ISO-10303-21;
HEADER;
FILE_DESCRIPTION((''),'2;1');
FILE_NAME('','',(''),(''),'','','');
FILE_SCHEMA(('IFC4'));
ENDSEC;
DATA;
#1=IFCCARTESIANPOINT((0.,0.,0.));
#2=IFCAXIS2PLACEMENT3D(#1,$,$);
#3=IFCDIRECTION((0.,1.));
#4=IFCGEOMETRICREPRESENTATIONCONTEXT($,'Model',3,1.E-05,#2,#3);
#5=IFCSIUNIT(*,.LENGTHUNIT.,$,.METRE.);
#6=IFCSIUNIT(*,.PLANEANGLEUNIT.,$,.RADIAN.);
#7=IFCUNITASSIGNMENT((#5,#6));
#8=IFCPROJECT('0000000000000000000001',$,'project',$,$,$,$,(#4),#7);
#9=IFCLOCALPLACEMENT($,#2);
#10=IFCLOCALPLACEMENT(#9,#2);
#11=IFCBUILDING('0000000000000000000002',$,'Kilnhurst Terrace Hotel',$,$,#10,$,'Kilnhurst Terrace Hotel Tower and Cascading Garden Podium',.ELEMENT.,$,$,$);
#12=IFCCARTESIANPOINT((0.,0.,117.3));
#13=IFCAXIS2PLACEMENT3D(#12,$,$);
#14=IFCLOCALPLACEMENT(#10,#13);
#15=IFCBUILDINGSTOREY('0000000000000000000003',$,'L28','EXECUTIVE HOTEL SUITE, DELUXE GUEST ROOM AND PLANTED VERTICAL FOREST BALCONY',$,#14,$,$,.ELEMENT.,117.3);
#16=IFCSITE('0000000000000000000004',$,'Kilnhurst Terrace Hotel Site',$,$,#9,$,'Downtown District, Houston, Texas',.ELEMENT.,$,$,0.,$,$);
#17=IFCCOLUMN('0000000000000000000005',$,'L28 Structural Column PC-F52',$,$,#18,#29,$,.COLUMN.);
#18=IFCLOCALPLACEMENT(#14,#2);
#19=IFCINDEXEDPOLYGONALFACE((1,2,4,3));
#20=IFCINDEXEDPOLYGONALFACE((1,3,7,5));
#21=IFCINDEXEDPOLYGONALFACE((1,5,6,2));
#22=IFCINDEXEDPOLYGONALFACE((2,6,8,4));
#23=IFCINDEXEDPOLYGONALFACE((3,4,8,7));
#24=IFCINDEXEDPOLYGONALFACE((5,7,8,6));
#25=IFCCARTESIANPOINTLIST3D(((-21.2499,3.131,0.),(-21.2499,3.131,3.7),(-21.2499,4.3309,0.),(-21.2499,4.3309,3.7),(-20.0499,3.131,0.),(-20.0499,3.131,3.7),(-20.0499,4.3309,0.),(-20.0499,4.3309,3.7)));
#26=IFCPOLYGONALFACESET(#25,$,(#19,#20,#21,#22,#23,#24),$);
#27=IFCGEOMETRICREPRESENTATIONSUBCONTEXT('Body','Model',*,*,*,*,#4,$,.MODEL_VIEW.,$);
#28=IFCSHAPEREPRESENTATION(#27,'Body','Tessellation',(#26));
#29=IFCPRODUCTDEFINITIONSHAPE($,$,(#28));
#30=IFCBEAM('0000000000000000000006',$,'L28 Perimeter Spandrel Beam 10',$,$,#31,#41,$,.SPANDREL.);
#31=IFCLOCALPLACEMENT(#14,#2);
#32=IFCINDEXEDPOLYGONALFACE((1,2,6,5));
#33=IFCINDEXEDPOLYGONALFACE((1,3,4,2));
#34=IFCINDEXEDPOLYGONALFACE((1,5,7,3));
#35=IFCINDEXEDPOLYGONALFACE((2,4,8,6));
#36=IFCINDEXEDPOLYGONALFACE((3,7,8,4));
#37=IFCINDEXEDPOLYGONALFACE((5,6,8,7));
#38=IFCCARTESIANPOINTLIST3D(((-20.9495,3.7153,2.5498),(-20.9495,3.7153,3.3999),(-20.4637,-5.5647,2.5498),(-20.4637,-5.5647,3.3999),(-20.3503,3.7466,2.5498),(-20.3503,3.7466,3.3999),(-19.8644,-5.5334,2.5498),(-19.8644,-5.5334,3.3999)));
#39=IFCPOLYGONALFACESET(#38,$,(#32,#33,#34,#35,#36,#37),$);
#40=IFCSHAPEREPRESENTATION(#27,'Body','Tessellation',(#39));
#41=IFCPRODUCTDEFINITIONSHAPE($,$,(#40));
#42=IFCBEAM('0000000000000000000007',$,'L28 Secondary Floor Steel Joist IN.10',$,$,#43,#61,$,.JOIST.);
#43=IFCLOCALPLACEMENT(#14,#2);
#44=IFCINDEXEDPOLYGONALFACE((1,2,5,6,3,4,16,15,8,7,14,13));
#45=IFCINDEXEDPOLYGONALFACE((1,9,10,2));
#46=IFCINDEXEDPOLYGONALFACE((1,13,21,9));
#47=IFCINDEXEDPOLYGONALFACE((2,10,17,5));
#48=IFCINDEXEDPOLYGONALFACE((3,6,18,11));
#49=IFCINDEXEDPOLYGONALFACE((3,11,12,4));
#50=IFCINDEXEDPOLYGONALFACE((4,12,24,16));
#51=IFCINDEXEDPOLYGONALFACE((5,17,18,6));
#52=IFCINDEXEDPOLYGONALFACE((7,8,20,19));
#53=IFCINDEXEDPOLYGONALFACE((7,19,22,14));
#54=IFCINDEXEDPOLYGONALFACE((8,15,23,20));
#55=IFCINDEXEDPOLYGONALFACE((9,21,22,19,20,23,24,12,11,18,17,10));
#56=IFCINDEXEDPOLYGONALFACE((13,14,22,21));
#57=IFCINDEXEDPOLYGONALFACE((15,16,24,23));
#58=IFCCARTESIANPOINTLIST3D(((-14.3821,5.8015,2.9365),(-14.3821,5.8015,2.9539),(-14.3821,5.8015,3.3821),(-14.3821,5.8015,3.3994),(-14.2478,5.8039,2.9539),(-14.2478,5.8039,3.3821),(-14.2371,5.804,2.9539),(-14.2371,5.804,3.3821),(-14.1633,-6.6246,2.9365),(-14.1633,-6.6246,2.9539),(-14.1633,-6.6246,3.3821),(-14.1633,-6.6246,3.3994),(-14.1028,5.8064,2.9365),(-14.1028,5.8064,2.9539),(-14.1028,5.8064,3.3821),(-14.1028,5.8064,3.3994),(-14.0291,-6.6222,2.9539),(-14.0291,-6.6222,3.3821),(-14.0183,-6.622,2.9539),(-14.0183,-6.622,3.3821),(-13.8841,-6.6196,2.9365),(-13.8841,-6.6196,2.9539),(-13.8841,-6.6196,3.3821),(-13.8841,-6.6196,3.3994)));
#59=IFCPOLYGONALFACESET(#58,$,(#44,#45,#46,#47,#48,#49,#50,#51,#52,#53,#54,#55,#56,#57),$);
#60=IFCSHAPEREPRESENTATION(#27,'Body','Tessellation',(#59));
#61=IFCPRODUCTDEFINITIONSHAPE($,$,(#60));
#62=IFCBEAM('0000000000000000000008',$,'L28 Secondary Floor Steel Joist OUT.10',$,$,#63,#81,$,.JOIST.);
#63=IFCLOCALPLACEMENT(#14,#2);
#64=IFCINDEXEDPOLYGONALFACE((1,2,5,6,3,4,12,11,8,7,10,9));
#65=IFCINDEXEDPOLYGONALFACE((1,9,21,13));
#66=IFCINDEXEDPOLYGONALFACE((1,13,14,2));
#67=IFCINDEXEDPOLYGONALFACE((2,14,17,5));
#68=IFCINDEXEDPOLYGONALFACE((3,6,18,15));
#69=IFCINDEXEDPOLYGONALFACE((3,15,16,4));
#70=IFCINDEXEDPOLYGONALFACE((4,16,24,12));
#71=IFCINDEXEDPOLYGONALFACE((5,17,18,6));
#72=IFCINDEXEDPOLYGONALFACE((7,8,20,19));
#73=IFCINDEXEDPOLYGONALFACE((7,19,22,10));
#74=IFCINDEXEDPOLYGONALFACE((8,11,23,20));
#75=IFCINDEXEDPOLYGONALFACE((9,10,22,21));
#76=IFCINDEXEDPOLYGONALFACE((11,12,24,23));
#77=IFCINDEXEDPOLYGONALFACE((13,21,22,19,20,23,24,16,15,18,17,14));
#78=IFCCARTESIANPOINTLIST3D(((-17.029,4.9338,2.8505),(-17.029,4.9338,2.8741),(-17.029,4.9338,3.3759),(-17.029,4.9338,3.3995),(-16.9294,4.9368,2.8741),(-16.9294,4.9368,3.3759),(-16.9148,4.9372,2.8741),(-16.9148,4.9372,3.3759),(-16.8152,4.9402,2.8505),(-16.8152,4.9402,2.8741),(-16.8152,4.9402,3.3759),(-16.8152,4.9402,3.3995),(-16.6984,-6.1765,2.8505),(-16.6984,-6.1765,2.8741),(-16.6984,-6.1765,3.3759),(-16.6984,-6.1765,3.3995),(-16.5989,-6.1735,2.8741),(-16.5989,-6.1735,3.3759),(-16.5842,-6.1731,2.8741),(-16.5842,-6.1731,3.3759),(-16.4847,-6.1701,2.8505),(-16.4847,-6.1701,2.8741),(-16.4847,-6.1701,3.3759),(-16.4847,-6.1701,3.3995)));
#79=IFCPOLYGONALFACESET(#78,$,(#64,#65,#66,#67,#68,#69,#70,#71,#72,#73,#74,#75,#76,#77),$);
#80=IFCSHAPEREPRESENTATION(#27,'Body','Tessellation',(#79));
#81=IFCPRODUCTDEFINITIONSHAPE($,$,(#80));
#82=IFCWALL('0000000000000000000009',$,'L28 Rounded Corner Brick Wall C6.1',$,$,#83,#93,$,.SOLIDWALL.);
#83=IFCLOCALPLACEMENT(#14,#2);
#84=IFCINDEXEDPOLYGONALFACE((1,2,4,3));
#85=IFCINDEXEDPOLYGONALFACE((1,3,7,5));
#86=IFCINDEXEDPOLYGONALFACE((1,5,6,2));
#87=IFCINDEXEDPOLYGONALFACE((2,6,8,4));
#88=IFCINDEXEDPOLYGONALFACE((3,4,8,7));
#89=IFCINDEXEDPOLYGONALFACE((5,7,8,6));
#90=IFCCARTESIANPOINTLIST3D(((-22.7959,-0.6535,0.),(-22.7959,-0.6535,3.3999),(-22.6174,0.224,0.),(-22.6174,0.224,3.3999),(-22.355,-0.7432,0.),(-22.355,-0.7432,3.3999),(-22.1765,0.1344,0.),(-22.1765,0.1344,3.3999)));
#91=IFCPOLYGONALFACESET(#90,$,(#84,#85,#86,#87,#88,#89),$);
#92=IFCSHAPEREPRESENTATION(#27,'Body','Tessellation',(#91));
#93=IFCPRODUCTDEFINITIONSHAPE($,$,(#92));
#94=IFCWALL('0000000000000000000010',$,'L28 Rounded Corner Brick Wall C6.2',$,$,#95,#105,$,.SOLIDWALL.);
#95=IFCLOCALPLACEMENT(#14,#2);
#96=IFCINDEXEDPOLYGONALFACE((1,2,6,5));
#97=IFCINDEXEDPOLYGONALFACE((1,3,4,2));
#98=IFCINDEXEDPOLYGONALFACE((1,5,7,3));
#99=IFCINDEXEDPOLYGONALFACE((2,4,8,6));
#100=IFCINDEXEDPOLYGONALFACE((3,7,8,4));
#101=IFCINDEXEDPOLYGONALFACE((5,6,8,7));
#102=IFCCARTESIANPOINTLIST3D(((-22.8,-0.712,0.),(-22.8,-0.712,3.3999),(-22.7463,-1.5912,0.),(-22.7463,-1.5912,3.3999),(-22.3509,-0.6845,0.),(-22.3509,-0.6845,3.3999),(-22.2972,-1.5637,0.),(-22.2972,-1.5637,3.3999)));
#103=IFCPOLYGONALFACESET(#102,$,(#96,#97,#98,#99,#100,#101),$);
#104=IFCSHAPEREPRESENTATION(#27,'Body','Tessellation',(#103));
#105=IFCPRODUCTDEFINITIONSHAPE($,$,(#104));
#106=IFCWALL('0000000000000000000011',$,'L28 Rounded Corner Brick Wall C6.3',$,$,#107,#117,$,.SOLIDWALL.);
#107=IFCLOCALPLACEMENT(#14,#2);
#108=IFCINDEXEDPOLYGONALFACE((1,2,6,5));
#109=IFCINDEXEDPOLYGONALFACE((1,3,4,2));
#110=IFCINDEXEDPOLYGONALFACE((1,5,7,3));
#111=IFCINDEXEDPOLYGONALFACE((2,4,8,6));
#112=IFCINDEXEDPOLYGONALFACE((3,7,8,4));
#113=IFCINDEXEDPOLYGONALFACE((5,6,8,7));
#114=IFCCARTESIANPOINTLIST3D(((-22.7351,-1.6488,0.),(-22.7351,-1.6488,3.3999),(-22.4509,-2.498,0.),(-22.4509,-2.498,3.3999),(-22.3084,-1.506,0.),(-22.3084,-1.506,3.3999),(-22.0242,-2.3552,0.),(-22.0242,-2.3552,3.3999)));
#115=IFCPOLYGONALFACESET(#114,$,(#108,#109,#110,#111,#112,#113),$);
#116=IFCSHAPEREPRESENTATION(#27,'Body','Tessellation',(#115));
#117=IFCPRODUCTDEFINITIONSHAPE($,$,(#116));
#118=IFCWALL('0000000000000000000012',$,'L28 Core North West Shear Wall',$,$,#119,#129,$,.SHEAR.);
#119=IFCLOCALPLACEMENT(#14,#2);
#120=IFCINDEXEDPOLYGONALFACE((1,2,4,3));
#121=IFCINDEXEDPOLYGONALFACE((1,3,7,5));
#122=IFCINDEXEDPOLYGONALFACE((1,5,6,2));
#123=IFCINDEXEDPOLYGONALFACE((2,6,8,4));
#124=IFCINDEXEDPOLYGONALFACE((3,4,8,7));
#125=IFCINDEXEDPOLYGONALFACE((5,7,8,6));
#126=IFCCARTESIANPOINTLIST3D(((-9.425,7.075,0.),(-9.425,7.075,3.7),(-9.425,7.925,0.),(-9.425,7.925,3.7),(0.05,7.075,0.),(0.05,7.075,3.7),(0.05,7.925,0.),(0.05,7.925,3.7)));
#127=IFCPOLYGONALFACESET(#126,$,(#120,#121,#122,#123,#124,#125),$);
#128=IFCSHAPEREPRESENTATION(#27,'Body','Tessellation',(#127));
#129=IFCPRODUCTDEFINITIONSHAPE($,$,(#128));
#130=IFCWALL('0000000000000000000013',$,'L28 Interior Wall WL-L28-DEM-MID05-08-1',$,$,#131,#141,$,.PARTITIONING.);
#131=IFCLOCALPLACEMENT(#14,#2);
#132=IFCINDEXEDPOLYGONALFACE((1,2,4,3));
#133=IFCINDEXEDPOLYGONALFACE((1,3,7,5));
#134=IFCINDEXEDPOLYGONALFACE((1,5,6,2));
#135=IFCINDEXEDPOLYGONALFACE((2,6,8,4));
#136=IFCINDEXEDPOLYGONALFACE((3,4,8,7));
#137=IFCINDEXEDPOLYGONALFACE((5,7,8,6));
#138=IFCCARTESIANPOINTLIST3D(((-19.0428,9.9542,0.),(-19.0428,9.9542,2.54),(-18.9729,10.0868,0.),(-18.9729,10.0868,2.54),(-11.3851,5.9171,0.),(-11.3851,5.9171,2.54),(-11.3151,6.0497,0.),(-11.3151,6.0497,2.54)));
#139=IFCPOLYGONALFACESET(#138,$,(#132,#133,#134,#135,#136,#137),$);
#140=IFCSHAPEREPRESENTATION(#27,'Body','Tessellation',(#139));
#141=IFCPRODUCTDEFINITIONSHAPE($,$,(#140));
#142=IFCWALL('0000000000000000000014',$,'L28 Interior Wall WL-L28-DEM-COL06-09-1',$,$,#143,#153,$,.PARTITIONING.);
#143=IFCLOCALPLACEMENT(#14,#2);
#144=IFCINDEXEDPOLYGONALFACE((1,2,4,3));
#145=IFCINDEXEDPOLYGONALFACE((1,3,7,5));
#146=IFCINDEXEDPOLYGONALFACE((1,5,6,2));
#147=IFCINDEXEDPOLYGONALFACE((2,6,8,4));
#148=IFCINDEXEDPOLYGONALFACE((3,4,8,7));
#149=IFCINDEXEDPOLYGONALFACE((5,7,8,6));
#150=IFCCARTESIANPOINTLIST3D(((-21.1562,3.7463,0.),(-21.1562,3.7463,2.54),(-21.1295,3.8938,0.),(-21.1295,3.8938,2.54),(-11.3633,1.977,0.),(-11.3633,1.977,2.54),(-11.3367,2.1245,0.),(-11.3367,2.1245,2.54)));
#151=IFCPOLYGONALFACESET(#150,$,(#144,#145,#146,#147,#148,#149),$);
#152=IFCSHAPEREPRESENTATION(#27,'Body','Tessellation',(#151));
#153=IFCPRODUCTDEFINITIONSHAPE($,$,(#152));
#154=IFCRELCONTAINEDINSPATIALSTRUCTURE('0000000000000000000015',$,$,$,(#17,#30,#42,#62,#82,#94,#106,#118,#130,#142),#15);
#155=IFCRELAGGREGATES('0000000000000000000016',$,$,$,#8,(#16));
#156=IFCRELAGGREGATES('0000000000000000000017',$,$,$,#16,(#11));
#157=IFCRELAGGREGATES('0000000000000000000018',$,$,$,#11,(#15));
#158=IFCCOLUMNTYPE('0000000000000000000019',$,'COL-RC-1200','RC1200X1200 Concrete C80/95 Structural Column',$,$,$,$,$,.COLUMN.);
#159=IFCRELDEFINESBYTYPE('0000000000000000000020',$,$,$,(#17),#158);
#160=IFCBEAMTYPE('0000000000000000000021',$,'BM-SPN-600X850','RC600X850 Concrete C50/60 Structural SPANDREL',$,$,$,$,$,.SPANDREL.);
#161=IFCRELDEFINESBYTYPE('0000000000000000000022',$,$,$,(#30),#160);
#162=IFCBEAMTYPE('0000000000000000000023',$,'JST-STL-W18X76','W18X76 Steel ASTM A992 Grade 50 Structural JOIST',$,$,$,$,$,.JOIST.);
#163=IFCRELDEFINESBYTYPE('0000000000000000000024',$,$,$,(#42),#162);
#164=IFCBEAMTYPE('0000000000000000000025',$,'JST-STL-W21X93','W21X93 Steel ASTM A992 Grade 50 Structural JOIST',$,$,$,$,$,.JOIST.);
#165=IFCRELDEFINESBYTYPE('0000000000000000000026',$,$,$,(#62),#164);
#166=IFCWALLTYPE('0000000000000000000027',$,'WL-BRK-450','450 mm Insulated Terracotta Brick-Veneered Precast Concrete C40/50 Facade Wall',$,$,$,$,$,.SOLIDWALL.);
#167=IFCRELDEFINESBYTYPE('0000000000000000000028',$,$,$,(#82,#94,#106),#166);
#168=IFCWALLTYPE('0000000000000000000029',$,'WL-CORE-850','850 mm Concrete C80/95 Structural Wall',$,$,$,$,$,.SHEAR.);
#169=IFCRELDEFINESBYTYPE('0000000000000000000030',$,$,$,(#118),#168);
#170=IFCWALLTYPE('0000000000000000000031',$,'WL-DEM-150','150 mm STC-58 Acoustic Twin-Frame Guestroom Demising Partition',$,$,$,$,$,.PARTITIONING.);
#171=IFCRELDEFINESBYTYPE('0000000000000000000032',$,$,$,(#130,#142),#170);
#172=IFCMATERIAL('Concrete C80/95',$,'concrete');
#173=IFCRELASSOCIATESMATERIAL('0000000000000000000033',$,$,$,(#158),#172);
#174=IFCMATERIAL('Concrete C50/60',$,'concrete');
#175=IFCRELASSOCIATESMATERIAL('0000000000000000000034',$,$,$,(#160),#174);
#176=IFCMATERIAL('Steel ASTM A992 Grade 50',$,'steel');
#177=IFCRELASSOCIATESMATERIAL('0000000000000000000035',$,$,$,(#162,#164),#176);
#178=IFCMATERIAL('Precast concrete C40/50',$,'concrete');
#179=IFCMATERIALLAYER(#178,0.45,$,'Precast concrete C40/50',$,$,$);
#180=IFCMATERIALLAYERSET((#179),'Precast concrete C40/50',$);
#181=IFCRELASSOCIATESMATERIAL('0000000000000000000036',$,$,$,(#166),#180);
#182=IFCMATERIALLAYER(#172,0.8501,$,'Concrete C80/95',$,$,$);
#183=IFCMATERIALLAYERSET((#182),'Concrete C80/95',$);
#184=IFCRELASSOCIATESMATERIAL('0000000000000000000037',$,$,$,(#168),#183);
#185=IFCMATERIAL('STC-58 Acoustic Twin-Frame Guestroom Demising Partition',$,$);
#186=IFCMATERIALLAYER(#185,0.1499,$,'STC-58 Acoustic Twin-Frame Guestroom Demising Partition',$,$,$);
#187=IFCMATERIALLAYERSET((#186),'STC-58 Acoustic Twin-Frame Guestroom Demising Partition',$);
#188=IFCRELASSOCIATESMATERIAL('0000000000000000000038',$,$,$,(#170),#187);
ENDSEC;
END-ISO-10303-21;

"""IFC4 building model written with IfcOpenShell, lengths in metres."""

from ifc_helpers import new_model, si_unit, direction, frame, frame_2d, origin, origin_2d, place, context, subcontext, project, spatial, rectangle, i_section, extrude, material, layer, layer_set, material_profile, profile_set, type_object, element, save


model = new_model("IFC4")

# Units and contexts
model_context = context("Model", 3, precision=1e-05, world=origin(), true_north=direction((0.0, 1.0)))
body_context = subcontext(model_context, "Body", "Model", "MODEL_VIEW")
ifc_project = project(units=[si_unit("LENGTHUNIT", "METRE"), si_unit("PLANEANGLEUNIT", "RADIAN")], contexts=[model_context])

# Site, building, storey
site_placement = place(None, origin())
site = spatial("IfcSite", under=ifc_project, at=site_placement, Name="Kilnhurst Terrace Hotel Site", LongName="Downtown District, Houston, Texas", CompositionType="ELEMENT", RefElevation=0.0)
building_placement = place(site_placement, origin())
building = spatial("IfcBuilding", under=site, at=building_placement, Name="Kilnhurst Terrace Hotel", LongName="Kilnhurst Terrace Hotel Tower and Cascading Garden Podium", CompositionType="ELEMENT")
storey_placement = place(building_placement, frame((0.0, 0.0, 117.3)))
storey = spatial("IfcBuildingStorey", under=building, at=storey_placement, Name="L28", Description="EXECUTIVE HOTEL SUITE, DELUXE GUEST ROOM AND PLANTED VERTICAL FOREST BALCONY", CompositionType="ELEMENT", Elevation=117.3)

# Column
ifc_material_1 = material(Name="Concrete C80/95", Category="concrete")
ifc_material_profile_1 = material_profile(ifc_material_1, rectangle(XDim=1.2, YDim=1.2, at=origin_2d()), Name="RC1200X1200")
ifc_profile_set_1 = profile_set([ifc_material_profile_1], Name="Concrete C80/95")
column_type = type_object("IfcColumnType", Name="COL-RC-1200", Description="RC1200X1200 Concrete C80/95 Structural Column", PredefinedType="COLUMN", material=ifc_profile_set_1)
column_placement = place(storey_placement, frame((-20.6499, 3.731, 0.0), z_axis=(0.0, 0.0, 1.0), x_axis=(1.0, 0.0, 0.0)))
element("IfcColumn", 1, at=column_placement, inside=storey, type_object=column_type, Name="L28 Structural Column PC-F52", PredefinedType="COLUMN", context=body_context, shape_type="SweptSolid", body=[
    extrude(rectangle(XDim=1.2, YDim=1.2, at=origin_2d()), origin(), (0.0, 0.0, 1.0), 3.7),
])

# Beams
ifc_material_2 = material(Name="Concrete C50/60", Category="concrete")
ifc_material_profile_2 = material_profile(ifc_material_2, rectangle(XDim=0.6001, YDim=0.8501, at=origin_2d()), Name="RC600X850")
ifc_profile_set_2 = profile_set([ifc_material_profile_2], Name="Concrete C50/60")
beam_type_1 = type_object("IfcBeamType", Name="BM-SPN-600X850", Description="RC600X850 Concrete C50/60 Structural SPANDREL", PredefinedType="SPANDREL", material=ifc_profile_set_2)
beam_1_placement = place(storey_placement, frame((-20.6499, 3.731, 2.9749), z_axis=(0.052282, -0.998632, 0.0), x_axis=(0.998632, 0.052282, 0.0)))
element("IfcBeam", 2, at=beam_1_placement, inside=storey, type_object=beam_type_1, Name="L28 Perimeter Spandrel Beam 10", PredefinedType="SPANDREL", context=body_context, shape_type="SweptSolid", body=[
    extrude(rectangle(XDim=0.6001, YDim=0.8501, at=origin_2d()), origin(), (0.0, 0.0, 1.0), 9.2927),
])
ifc_material_3 = material(Name="Steel ASTM A992 Grade 50", Category="steel")
ifc_material_profile_3 = material_profile(ifc_material_3, i_section(OverallWidth=0.2793, OverallDepth=0.4629, WebThickness=0.0107, FlangeThickness=0.0173, at=origin_2d()), Name="W18X76")
ifc_profile_set_3 = profile_set([ifc_material_profile_3], Name="Steel ASTM A992 Grade 50")
beam_type_2 = type_object("IfcBeamType", Name="JST-STL-W18X76", Description="W18X76 Steel ASTM A992 Grade 50 Structural JOIST", PredefinedType="JOIST", material=ifc_profile_set_3)
beam_2_placement = place(storey_placement, frame((-14.2424, 5.804, 3.168), z_axis=(0.017601, -0.999845, 0.0), x_axis=(0.999845, 0.017601, 0.0)))
element("IfcBeam", 3, at=beam_2_placement, inside=storey, type_object=beam_type_2, Name="L28 Secondary Floor Steel Joist IN.10", PredefinedType="JOIST", context=body_context, shape_type="SweptSolid", body=[
    extrude(i_section(OverallWidth=0.2793, OverallDepth=0.4629, WebThickness=0.0107, FlangeThickness=0.0173, at=origin_2d()), origin(), (0.0, 0.0, 1.0), 12.428),
])
ifc_material_profile_4 = material_profile(ifc_material_3, i_section(OverallWidth=0.2139, OverallDepth=0.5491, WebThickness=0.0146, FlangeThickness=0.0237, at=origin_2d()), Name="W21X93")
ifc_profile_set_4 = profile_set([ifc_material_profile_4], Name="Steel ASTM A992 Grade 50")
beam_type_3 = type_object("IfcBeamType", Name="JST-STL-W21X93", Description="W21X93 Steel ASTM A992 Grade 50 Structural JOIST", PredefinedType="JOIST", material=ifc_profile_set_4)
beam_3_placement = place(storey_placement, frame((-16.9221, 4.937, 3.125), z_axis=(0.02974, -0.999558, 0.0), x_axis=(0.999558, 0.02974, 0.0)))
element("IfcBeam", 4, at=beam_3_placement, inside=storey, type_object=beam_type_3, Name="L28 Secondary Floor Steel Joist OUT.10", PredefinedType="JOIST", context=body_context, shape_type="SweptSolid", body=[
    extrude(i_section(OverallWidth=0.2139, OverallDepth=0.5491, WebThickness=0.0146, FlangeThickness=0.0237, at=origin_2d()), origin(), (0.0, 0.0, 1.0), 11.1152),
])

# Walls
ifc_material_4 = material(Name="Precast concrete C40/50", Category="concrete")
ifc_layer_1 = layer(ifc_material_4, 0.45, Name="Precast concrete C40/50")
ifc_layer_set_1 = layer_set([ifc_layer_1], Name="Precast concrete C40/50")
wall_type_1 = type_object("IfcWallType", Name="WL-BRK-450", Description="450 mm Insulated Terracotta Brick-Veneered Precast Concrete C40/50 Facade Wall", PredefinedType="SOLIDWALL", material=ifc_layer_set_1)
wall_1_placement = place(storey_placement, frame((-22.397, 0.1792, 0.0), z_axis=(0.0, 0.0, 1.0), x_axis=(-0.199314, -0.979936, 0.0)))
element("IfcWall", 5, at=wall_1_placement, inside=storey, type_object=wall_type_1, Name="L28 Rounded Corner Brick Wall C6.1", PredefinedType="SOLIDWALL", context=body_context, shape_type="SweptSolid", body=[
    extrude(rectangle(XDim=0.8955, YDim=0.45, at=frame_2d((0.4478, 0.0))), origin(), (0.0, 0.0, 1.0), 3.3999),
])
wall_2_placement = place(storey_placement, frame((-22.5754, -0.6982, 0.0), z_axis=(0.0, 0.0, 1.0), x_axis=(0.06098, -0.998139, 0.0)))
element("IfcWall", 6, at=wall_2_placement, inside=storey, type_object=wall_type_1, Name="L28 Rounded Corner Brick Wall C6.2", PredefinedType="SOLIDWALL", context=body_context, shape_type="SweptSolid", body=[
    extrude(rectangle(XDim=0.8809, YDim=0.45, at=frame_2d((0.4404, 0.0))), origin(), (0.0, 0.0, 1.0), 3.3999),
])
wall_3_placement = place(storey_placement, frame((-22.5217, -1.5774, 0.0), z_axis=(0.0, 0.0, 1.0), x_axis=(0.317373, -0.948301, 0.0)))
element("IfcWall", 7, at=wall_3_placement, inside=storey, type_object=wall_type_1, Name="L28 Rounded Corner Brick Wall C6.3", PredefinedType="SOLIDWALL", context=body_context, shape_type="SweptSolid", body=[
    extrude(rectangle(XDim=0.8955, YDim=0.45, at=frame_2d((0.4478, 0.0))), origin(), (0.0, 0.0, 1.0), 3.3999),
])
ifc_layer_2 = layer(ifc_material_1, 0.8501, Name="Concrete C80/95")
ifc_layer_set_2 = layer_set([ifc_layer_2], Name="Concrete C80/95")
wall_type_2 = type_object("IfcWallType", Name="WL-CORE-850", Description="850 mm Concrete C80/95 Structural Wall", PredefinedType="SHEAR", material=ifc_layer_set_2)
wall_4_placement = place(storey_placement, frame((-9.425, 7.5, 0.0), z_axis=(0.0, 0.0, 1.0), x_axis=(1.0, 0.0, 0.0)))
element("IfcWall", 8, at=wall_4_placement, inside=storey, type_object=wall_type_2, Name="L28 Core North West Shear Wall", PredefinedType="SHEAR", context=body_context, shape_type="SweptSolid", body=[
    extrude(rectangle(XDim=9.4751, YDim=0.8501, at=frame_2d((4.7375, 0.0))), origin(), (0.0, 0.0, 1.0), 3.7),
])
ifc_material_5 = material(Name="STC-58 Acoustic Twin-Frame Guestroom Demising Partition")
ifc_layer_3 = layer(ifc_material_5, 0.1499, Name="STC-58 Acoustic Twin-Frame Guestroom Demising Partition")
ifc_layer_set_3 = layer_set([ifc_layer_3], Name="STC-58 Acoustic Twin-Frame Guestroom Demising Partition")
wall_type_3 = type_object("IfcWallType", Name="WL-DEM-150", Description="150 mm STC-58 Acoustic Twin-Frame Guestroom Demising Partition", PredefinedType="PARTITIONING", material=ifc_layer_set_3)
wall_5_placement = place(storey_placement, frame((-11.3501, 5.9834, 0.0), z_axis=(0.0, 0.0, 1.0), x_axis=(-0.884597, 0.466355, 0.0)))
element("IfcWall", 9, at=wall_5_placement, inside=storey, type_object=wall_type_3, Name="L28 Interior Wall WL-L28-DEM-MID05-08-1", PredefinedType="PARTITIONING", context=body_context, shape_type="SweptSolid", body=[
    extrude(rectangle(XDim=8.6567, YDim=0.1499, at=frame_2d((4.3284, 0.0))), origin(), (0.0, 0.0, 1.0), 2.54),
])
wall_6_placement = place(storey_placement, frame((-11.3501, 2.0508, 0.0), z_axis=(0.0, 0.0, 1.0), x_axis=(-0.984068, 0.177791, 0.0)))
element("IfcWall", 10, at=wall_6_placement, inside=storey, type_object=wall_type_3, Name="L28 Interior Wall WL-L28-DEM-COL06-09-1", PredefinedType="PARTITIONING", context=body_context, shape_type="SweptSolid", body=[
    extrude(rectangle(XDim=9.9514, YDim=0.1499, at=frame_2d((4.9756, 0.0))), origin(), (0.0, 0.0, 1.0), 2.54),
])

save(model, "model.ifc")
